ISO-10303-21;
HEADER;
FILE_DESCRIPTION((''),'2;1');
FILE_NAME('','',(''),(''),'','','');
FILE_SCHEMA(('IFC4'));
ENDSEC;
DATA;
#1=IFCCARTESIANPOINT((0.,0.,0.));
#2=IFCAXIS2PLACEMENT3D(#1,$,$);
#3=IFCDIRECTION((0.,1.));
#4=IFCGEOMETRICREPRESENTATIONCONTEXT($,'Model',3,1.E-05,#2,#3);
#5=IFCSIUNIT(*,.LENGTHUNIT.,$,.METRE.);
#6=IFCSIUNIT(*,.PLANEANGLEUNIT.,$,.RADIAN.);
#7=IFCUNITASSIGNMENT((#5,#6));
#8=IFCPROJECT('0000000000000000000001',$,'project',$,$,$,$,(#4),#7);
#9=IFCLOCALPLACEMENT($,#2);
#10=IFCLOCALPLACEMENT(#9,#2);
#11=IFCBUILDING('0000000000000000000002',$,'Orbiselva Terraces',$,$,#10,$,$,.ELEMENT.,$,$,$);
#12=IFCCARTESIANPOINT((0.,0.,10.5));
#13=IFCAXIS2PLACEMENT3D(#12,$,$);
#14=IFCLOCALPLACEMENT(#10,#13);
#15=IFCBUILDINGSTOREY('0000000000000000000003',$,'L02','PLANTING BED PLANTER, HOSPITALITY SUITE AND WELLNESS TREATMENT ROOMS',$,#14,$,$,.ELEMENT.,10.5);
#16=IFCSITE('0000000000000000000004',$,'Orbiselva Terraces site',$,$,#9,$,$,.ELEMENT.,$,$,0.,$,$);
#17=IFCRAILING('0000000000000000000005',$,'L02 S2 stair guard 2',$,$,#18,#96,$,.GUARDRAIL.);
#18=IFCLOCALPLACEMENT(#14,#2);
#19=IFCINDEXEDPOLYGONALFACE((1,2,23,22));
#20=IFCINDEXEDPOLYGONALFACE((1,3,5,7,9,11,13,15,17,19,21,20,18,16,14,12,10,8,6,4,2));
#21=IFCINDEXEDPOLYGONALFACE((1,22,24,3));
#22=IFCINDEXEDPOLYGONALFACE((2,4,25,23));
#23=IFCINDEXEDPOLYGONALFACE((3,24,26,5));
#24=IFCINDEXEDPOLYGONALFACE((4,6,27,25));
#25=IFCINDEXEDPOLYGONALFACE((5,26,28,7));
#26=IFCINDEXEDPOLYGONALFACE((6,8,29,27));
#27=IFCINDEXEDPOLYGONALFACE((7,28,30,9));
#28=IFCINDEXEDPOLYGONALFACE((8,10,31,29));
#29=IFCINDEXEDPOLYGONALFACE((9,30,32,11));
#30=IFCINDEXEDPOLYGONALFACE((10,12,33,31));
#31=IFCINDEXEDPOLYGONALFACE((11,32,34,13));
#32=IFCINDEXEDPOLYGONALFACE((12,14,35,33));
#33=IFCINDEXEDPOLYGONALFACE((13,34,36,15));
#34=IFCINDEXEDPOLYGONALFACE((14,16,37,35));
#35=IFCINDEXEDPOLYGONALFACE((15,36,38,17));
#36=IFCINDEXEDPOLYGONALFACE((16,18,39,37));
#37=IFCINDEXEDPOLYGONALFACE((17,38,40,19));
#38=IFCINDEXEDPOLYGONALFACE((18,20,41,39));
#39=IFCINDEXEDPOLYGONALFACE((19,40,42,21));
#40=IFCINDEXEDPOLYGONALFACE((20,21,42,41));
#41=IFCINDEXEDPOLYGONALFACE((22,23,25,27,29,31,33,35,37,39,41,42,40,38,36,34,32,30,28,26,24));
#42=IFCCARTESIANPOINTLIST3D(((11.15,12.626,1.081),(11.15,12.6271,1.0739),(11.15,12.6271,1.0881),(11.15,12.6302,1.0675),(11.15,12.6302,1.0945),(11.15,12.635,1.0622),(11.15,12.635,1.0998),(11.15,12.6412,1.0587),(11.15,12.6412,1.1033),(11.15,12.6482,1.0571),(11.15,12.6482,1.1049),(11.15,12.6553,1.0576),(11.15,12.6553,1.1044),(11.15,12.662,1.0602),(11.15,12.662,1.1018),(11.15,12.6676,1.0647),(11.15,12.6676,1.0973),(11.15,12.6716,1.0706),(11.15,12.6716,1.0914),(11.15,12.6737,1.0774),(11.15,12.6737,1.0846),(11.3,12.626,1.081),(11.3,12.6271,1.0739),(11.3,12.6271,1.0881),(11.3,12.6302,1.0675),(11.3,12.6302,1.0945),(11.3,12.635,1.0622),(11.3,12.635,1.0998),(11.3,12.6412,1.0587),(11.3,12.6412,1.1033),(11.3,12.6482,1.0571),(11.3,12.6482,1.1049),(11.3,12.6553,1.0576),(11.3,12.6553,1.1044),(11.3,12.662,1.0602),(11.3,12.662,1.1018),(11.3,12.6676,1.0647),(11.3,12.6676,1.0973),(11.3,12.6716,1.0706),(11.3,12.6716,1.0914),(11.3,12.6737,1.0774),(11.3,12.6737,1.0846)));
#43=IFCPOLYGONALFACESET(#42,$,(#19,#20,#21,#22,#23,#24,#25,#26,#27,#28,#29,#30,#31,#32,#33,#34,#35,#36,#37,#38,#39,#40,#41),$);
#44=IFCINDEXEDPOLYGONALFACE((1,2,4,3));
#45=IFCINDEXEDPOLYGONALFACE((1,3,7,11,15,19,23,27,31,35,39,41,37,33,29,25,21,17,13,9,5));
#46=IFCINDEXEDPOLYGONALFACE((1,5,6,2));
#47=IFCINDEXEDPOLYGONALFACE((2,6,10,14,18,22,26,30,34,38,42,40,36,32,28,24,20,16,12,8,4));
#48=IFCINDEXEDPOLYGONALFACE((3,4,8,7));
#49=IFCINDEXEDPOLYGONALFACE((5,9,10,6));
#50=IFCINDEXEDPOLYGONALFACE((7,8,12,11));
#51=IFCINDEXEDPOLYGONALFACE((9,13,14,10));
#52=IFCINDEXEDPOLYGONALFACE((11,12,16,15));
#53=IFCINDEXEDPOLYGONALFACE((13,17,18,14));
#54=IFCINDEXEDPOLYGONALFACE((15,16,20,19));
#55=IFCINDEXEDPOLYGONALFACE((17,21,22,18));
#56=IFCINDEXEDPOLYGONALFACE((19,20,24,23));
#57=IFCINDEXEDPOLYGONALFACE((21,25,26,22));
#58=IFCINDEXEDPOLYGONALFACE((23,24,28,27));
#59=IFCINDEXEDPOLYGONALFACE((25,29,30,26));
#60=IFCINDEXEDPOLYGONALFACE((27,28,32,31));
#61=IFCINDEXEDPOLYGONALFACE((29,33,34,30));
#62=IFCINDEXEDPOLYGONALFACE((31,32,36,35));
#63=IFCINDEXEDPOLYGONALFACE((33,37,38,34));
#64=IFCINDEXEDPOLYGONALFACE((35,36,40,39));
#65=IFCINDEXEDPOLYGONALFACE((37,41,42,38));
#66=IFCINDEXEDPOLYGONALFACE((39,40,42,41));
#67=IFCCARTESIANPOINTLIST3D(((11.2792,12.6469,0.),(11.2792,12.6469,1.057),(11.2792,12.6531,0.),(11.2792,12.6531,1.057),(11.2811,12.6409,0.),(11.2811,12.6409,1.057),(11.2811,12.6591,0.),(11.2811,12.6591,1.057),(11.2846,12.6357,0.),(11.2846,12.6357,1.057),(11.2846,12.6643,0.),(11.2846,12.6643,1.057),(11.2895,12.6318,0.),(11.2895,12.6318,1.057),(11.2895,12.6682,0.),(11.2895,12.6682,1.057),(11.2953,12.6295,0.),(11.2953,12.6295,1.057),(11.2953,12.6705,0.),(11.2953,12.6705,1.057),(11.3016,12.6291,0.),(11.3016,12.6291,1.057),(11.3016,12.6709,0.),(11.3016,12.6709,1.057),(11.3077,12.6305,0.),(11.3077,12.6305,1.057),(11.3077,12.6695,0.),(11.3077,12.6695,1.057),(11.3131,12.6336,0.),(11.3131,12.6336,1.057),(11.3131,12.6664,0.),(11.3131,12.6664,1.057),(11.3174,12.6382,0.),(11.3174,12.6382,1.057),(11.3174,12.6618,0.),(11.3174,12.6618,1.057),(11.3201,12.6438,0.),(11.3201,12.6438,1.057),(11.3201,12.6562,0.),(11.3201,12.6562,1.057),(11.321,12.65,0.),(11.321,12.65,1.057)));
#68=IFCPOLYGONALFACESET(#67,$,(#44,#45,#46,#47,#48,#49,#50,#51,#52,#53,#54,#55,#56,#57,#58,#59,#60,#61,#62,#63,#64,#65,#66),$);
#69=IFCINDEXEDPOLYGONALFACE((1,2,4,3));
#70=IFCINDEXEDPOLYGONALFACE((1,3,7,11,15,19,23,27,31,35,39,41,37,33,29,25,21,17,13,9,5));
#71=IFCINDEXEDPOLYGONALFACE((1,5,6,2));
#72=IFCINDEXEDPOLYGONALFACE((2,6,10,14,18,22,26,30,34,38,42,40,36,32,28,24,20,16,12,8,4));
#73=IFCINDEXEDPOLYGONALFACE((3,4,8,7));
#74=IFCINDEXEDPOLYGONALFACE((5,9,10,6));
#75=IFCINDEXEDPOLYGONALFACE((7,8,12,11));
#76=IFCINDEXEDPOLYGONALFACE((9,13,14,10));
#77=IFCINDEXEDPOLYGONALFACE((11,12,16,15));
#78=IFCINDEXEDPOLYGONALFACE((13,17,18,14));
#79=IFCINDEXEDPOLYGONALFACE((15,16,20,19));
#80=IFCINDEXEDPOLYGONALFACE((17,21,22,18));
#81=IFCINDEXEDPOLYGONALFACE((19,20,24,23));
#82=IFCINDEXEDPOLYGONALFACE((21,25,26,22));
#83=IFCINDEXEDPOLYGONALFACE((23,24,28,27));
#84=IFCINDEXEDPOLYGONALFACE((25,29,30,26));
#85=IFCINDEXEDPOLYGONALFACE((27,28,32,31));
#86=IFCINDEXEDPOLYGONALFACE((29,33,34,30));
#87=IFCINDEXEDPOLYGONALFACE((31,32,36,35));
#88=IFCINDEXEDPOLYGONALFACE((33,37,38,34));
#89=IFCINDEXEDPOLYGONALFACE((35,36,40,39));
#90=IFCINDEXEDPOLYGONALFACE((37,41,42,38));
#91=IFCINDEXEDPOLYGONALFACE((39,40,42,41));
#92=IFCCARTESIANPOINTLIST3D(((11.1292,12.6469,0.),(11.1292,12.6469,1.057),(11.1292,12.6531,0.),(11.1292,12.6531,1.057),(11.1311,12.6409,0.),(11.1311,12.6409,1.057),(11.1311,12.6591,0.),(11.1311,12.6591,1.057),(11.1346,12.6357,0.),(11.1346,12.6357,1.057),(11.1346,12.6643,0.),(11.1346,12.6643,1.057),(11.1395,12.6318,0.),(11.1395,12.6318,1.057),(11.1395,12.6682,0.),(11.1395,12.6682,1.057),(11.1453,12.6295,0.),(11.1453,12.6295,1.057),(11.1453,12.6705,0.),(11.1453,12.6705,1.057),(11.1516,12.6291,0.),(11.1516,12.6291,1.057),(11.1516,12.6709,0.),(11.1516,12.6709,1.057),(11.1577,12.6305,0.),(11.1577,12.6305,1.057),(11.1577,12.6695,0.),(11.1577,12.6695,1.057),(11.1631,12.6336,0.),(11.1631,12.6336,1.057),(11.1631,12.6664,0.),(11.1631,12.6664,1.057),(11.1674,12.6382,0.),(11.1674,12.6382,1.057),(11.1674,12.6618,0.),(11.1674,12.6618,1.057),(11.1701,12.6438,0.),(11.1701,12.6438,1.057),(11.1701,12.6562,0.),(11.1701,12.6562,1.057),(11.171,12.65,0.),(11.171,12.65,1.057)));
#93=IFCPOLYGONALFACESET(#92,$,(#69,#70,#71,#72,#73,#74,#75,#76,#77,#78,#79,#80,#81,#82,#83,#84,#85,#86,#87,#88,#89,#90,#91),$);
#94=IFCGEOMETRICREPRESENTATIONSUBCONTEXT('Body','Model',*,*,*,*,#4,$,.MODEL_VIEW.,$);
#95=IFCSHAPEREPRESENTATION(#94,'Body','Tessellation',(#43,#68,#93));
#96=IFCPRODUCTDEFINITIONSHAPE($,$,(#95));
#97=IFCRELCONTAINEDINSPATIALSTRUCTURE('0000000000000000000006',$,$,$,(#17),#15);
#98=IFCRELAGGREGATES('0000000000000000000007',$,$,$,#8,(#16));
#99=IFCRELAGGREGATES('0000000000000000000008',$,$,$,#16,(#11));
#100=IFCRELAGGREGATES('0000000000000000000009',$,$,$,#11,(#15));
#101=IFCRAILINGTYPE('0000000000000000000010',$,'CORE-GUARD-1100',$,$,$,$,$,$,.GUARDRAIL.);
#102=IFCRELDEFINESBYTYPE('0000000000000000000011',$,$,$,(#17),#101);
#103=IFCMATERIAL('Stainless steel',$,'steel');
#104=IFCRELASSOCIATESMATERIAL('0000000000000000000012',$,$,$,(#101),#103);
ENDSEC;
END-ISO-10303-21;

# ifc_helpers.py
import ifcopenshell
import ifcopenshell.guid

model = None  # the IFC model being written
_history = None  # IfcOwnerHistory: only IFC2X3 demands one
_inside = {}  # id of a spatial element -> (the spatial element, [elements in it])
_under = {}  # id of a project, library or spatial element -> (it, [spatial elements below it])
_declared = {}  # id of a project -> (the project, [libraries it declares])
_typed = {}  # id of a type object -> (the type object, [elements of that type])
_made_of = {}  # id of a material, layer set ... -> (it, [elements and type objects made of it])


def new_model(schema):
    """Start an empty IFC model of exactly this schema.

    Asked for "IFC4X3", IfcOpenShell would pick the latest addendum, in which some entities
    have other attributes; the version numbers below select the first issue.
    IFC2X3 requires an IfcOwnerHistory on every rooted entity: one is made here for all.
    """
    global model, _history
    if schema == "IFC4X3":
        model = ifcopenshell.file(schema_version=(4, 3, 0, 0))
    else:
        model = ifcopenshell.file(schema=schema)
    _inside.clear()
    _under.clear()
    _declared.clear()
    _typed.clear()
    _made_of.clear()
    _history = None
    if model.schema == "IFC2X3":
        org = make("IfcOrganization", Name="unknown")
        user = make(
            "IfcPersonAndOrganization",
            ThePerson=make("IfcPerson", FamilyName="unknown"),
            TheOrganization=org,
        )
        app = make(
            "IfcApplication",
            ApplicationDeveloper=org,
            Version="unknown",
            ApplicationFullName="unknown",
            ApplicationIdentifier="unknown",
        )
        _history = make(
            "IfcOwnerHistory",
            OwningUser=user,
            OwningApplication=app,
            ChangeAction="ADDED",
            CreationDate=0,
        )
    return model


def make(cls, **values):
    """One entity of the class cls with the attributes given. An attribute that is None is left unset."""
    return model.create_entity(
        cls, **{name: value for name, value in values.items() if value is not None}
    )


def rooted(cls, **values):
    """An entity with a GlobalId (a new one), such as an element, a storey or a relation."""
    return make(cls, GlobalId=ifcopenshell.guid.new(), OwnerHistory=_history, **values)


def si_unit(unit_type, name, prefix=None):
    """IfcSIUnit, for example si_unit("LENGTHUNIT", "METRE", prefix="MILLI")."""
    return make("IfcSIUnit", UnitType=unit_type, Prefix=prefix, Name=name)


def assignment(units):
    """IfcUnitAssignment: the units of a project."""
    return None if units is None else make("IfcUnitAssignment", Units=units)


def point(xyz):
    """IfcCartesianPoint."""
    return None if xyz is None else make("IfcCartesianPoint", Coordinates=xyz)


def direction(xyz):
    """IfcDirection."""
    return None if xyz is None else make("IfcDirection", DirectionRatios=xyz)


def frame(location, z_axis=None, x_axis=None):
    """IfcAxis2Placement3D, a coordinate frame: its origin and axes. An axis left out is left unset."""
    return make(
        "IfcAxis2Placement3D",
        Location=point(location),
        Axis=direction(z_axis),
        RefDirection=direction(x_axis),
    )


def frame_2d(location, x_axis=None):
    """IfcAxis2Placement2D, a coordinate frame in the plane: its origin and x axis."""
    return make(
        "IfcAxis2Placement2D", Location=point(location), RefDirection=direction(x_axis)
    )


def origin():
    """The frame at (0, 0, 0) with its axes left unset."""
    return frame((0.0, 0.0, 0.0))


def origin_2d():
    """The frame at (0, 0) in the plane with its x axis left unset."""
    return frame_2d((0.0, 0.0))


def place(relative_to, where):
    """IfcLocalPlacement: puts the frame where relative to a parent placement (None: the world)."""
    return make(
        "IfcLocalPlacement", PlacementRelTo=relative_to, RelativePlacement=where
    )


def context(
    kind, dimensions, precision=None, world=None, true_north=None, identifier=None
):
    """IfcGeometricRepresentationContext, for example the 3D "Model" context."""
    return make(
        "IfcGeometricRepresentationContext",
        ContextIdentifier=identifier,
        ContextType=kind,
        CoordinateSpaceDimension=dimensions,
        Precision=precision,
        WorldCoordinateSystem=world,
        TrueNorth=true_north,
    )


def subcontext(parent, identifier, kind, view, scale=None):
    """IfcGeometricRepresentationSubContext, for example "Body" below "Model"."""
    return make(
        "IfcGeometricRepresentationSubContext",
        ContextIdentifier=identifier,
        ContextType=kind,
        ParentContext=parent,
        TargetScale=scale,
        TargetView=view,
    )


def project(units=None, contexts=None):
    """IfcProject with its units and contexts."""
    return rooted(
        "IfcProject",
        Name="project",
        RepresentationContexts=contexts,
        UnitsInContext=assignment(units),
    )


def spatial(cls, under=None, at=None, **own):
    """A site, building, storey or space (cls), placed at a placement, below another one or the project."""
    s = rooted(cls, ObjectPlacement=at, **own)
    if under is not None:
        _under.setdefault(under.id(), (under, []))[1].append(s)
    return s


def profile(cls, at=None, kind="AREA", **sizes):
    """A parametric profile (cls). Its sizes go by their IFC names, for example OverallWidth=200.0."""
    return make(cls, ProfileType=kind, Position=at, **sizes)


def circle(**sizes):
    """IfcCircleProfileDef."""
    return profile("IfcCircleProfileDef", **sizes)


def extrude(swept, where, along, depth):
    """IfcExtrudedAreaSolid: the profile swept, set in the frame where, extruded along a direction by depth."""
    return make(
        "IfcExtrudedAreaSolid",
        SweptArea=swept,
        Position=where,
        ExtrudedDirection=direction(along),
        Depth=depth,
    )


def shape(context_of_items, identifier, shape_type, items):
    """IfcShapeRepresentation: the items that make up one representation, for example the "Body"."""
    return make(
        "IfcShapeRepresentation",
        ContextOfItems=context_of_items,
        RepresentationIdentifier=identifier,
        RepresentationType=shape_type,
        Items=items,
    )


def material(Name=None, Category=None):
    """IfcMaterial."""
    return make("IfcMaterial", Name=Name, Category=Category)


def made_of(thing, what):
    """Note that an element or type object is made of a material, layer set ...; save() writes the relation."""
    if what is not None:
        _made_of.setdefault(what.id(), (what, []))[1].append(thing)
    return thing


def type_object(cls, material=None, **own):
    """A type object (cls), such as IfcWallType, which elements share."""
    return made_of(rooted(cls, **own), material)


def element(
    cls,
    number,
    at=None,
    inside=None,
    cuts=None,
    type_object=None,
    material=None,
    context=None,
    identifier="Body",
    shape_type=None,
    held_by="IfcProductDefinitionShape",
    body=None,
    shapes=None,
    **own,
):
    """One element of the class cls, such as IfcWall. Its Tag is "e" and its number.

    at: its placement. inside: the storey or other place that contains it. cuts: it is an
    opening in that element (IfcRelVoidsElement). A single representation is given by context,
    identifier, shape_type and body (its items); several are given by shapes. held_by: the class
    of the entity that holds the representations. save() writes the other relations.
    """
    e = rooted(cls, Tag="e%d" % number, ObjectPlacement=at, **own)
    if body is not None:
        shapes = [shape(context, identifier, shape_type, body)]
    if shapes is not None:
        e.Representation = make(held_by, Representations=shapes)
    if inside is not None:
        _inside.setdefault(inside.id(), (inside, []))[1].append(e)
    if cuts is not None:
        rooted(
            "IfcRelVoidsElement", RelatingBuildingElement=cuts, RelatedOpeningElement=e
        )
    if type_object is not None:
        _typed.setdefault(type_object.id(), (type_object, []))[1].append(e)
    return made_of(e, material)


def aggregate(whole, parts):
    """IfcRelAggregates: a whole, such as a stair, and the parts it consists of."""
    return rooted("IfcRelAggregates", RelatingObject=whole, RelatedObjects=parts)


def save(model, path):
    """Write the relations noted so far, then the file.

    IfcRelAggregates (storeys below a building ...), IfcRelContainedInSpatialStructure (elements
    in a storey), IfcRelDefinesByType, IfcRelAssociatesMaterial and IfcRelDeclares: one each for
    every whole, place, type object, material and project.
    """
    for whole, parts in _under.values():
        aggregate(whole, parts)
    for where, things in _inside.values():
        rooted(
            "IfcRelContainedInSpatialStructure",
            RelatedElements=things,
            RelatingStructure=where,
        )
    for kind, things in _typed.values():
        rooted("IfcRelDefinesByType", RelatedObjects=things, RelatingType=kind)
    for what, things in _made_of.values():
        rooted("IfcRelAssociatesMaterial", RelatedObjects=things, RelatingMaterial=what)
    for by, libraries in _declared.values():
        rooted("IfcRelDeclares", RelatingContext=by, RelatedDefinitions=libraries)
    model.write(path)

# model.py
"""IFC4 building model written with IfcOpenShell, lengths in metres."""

from ifc_helpers import new_model, si_unit, direction, frame, origin, origin_2d, place, context, subcontext, project, spatial, circle, extrude, material, type_object, element, save


model = new_model("IFC4")

# Units and contexts
model_context = context("Model", 3, precision=1e-05, world=origin(), true_north=direction((0.0, 1.0)))
body_context = subcontext(model_context, "Body", "Model", "MODEL_VIEW")
ifc_project = project(units=[si_unit("LENGTHUNIT", "METRE"), si_unit("PLANEANGLEUNIT", "RADIAN")], contexts=[model_context])

# Site, building, storey
site_placement = place(None, origin())
site = spatial("IfcSite", under=ifc_project, at=site_placement, Name="Orbiselva Terraces site", CompositionType="ELEMENT", RefElevation=0.0)
building_placement = place(site_placement, origin())
building = spatial("IfcBuilding", under=site, at=building_placement, Name="Orbiselva Terraces", CompositionType="ELEMENT")
storey_placement = place(building_placement, frame((0.0, 0.0, 10.5)))
storey = spatial("IfcBuildingStorey", under=building, at=storey_placement, Name="L02", Description="PLANTING BED PLANTER, HOSPITALITY SUITE AND WELLNESS TREATMENT ROOMS", CompositionType="ELEMENT", Elevation=10.5)

# Railing
ifc_material_1 = material(Name="Stainless steel", Category="steel")
railing_type_1 = type_object("IfcRailingType", Name="CORE-GUARD-1100", PredefinedType="GUARDRAIL", material=ifc_material_1)
railing_1_placement = place(storey_placement, frame((11.3, 12.65, 0.0)))
element("IfcRailing", 1, at=railing_1_placement, inside=storey, type_object=railing_type_1, Name="L02 S2 stair guard 2", PredefinedType="GUARDRAIL", context=body_context, shape_type="SweptSolid", body=[
    extrude(circle(Radius=0.024, at=origin_2d()), frame((0.0, 0.0, 1.081), z_axis=(-1.0, 0.0, 0.0), x_axis=(0.0, -1.0, 0.0)), (0.0, 0.0, 1.0), 0.15),
    extrude(circle(Radius=0.021, at=origin_2d()), origin(), (0.0, 0.0, 1.0), 1.057),
    extrude(circle(Radius=0.021, at=origin_2d()), frame((-0.15, 0.0, 0.0)), (0.0, 0.0, 1.0), 1.057),
])

save(model, "model.ifc")
